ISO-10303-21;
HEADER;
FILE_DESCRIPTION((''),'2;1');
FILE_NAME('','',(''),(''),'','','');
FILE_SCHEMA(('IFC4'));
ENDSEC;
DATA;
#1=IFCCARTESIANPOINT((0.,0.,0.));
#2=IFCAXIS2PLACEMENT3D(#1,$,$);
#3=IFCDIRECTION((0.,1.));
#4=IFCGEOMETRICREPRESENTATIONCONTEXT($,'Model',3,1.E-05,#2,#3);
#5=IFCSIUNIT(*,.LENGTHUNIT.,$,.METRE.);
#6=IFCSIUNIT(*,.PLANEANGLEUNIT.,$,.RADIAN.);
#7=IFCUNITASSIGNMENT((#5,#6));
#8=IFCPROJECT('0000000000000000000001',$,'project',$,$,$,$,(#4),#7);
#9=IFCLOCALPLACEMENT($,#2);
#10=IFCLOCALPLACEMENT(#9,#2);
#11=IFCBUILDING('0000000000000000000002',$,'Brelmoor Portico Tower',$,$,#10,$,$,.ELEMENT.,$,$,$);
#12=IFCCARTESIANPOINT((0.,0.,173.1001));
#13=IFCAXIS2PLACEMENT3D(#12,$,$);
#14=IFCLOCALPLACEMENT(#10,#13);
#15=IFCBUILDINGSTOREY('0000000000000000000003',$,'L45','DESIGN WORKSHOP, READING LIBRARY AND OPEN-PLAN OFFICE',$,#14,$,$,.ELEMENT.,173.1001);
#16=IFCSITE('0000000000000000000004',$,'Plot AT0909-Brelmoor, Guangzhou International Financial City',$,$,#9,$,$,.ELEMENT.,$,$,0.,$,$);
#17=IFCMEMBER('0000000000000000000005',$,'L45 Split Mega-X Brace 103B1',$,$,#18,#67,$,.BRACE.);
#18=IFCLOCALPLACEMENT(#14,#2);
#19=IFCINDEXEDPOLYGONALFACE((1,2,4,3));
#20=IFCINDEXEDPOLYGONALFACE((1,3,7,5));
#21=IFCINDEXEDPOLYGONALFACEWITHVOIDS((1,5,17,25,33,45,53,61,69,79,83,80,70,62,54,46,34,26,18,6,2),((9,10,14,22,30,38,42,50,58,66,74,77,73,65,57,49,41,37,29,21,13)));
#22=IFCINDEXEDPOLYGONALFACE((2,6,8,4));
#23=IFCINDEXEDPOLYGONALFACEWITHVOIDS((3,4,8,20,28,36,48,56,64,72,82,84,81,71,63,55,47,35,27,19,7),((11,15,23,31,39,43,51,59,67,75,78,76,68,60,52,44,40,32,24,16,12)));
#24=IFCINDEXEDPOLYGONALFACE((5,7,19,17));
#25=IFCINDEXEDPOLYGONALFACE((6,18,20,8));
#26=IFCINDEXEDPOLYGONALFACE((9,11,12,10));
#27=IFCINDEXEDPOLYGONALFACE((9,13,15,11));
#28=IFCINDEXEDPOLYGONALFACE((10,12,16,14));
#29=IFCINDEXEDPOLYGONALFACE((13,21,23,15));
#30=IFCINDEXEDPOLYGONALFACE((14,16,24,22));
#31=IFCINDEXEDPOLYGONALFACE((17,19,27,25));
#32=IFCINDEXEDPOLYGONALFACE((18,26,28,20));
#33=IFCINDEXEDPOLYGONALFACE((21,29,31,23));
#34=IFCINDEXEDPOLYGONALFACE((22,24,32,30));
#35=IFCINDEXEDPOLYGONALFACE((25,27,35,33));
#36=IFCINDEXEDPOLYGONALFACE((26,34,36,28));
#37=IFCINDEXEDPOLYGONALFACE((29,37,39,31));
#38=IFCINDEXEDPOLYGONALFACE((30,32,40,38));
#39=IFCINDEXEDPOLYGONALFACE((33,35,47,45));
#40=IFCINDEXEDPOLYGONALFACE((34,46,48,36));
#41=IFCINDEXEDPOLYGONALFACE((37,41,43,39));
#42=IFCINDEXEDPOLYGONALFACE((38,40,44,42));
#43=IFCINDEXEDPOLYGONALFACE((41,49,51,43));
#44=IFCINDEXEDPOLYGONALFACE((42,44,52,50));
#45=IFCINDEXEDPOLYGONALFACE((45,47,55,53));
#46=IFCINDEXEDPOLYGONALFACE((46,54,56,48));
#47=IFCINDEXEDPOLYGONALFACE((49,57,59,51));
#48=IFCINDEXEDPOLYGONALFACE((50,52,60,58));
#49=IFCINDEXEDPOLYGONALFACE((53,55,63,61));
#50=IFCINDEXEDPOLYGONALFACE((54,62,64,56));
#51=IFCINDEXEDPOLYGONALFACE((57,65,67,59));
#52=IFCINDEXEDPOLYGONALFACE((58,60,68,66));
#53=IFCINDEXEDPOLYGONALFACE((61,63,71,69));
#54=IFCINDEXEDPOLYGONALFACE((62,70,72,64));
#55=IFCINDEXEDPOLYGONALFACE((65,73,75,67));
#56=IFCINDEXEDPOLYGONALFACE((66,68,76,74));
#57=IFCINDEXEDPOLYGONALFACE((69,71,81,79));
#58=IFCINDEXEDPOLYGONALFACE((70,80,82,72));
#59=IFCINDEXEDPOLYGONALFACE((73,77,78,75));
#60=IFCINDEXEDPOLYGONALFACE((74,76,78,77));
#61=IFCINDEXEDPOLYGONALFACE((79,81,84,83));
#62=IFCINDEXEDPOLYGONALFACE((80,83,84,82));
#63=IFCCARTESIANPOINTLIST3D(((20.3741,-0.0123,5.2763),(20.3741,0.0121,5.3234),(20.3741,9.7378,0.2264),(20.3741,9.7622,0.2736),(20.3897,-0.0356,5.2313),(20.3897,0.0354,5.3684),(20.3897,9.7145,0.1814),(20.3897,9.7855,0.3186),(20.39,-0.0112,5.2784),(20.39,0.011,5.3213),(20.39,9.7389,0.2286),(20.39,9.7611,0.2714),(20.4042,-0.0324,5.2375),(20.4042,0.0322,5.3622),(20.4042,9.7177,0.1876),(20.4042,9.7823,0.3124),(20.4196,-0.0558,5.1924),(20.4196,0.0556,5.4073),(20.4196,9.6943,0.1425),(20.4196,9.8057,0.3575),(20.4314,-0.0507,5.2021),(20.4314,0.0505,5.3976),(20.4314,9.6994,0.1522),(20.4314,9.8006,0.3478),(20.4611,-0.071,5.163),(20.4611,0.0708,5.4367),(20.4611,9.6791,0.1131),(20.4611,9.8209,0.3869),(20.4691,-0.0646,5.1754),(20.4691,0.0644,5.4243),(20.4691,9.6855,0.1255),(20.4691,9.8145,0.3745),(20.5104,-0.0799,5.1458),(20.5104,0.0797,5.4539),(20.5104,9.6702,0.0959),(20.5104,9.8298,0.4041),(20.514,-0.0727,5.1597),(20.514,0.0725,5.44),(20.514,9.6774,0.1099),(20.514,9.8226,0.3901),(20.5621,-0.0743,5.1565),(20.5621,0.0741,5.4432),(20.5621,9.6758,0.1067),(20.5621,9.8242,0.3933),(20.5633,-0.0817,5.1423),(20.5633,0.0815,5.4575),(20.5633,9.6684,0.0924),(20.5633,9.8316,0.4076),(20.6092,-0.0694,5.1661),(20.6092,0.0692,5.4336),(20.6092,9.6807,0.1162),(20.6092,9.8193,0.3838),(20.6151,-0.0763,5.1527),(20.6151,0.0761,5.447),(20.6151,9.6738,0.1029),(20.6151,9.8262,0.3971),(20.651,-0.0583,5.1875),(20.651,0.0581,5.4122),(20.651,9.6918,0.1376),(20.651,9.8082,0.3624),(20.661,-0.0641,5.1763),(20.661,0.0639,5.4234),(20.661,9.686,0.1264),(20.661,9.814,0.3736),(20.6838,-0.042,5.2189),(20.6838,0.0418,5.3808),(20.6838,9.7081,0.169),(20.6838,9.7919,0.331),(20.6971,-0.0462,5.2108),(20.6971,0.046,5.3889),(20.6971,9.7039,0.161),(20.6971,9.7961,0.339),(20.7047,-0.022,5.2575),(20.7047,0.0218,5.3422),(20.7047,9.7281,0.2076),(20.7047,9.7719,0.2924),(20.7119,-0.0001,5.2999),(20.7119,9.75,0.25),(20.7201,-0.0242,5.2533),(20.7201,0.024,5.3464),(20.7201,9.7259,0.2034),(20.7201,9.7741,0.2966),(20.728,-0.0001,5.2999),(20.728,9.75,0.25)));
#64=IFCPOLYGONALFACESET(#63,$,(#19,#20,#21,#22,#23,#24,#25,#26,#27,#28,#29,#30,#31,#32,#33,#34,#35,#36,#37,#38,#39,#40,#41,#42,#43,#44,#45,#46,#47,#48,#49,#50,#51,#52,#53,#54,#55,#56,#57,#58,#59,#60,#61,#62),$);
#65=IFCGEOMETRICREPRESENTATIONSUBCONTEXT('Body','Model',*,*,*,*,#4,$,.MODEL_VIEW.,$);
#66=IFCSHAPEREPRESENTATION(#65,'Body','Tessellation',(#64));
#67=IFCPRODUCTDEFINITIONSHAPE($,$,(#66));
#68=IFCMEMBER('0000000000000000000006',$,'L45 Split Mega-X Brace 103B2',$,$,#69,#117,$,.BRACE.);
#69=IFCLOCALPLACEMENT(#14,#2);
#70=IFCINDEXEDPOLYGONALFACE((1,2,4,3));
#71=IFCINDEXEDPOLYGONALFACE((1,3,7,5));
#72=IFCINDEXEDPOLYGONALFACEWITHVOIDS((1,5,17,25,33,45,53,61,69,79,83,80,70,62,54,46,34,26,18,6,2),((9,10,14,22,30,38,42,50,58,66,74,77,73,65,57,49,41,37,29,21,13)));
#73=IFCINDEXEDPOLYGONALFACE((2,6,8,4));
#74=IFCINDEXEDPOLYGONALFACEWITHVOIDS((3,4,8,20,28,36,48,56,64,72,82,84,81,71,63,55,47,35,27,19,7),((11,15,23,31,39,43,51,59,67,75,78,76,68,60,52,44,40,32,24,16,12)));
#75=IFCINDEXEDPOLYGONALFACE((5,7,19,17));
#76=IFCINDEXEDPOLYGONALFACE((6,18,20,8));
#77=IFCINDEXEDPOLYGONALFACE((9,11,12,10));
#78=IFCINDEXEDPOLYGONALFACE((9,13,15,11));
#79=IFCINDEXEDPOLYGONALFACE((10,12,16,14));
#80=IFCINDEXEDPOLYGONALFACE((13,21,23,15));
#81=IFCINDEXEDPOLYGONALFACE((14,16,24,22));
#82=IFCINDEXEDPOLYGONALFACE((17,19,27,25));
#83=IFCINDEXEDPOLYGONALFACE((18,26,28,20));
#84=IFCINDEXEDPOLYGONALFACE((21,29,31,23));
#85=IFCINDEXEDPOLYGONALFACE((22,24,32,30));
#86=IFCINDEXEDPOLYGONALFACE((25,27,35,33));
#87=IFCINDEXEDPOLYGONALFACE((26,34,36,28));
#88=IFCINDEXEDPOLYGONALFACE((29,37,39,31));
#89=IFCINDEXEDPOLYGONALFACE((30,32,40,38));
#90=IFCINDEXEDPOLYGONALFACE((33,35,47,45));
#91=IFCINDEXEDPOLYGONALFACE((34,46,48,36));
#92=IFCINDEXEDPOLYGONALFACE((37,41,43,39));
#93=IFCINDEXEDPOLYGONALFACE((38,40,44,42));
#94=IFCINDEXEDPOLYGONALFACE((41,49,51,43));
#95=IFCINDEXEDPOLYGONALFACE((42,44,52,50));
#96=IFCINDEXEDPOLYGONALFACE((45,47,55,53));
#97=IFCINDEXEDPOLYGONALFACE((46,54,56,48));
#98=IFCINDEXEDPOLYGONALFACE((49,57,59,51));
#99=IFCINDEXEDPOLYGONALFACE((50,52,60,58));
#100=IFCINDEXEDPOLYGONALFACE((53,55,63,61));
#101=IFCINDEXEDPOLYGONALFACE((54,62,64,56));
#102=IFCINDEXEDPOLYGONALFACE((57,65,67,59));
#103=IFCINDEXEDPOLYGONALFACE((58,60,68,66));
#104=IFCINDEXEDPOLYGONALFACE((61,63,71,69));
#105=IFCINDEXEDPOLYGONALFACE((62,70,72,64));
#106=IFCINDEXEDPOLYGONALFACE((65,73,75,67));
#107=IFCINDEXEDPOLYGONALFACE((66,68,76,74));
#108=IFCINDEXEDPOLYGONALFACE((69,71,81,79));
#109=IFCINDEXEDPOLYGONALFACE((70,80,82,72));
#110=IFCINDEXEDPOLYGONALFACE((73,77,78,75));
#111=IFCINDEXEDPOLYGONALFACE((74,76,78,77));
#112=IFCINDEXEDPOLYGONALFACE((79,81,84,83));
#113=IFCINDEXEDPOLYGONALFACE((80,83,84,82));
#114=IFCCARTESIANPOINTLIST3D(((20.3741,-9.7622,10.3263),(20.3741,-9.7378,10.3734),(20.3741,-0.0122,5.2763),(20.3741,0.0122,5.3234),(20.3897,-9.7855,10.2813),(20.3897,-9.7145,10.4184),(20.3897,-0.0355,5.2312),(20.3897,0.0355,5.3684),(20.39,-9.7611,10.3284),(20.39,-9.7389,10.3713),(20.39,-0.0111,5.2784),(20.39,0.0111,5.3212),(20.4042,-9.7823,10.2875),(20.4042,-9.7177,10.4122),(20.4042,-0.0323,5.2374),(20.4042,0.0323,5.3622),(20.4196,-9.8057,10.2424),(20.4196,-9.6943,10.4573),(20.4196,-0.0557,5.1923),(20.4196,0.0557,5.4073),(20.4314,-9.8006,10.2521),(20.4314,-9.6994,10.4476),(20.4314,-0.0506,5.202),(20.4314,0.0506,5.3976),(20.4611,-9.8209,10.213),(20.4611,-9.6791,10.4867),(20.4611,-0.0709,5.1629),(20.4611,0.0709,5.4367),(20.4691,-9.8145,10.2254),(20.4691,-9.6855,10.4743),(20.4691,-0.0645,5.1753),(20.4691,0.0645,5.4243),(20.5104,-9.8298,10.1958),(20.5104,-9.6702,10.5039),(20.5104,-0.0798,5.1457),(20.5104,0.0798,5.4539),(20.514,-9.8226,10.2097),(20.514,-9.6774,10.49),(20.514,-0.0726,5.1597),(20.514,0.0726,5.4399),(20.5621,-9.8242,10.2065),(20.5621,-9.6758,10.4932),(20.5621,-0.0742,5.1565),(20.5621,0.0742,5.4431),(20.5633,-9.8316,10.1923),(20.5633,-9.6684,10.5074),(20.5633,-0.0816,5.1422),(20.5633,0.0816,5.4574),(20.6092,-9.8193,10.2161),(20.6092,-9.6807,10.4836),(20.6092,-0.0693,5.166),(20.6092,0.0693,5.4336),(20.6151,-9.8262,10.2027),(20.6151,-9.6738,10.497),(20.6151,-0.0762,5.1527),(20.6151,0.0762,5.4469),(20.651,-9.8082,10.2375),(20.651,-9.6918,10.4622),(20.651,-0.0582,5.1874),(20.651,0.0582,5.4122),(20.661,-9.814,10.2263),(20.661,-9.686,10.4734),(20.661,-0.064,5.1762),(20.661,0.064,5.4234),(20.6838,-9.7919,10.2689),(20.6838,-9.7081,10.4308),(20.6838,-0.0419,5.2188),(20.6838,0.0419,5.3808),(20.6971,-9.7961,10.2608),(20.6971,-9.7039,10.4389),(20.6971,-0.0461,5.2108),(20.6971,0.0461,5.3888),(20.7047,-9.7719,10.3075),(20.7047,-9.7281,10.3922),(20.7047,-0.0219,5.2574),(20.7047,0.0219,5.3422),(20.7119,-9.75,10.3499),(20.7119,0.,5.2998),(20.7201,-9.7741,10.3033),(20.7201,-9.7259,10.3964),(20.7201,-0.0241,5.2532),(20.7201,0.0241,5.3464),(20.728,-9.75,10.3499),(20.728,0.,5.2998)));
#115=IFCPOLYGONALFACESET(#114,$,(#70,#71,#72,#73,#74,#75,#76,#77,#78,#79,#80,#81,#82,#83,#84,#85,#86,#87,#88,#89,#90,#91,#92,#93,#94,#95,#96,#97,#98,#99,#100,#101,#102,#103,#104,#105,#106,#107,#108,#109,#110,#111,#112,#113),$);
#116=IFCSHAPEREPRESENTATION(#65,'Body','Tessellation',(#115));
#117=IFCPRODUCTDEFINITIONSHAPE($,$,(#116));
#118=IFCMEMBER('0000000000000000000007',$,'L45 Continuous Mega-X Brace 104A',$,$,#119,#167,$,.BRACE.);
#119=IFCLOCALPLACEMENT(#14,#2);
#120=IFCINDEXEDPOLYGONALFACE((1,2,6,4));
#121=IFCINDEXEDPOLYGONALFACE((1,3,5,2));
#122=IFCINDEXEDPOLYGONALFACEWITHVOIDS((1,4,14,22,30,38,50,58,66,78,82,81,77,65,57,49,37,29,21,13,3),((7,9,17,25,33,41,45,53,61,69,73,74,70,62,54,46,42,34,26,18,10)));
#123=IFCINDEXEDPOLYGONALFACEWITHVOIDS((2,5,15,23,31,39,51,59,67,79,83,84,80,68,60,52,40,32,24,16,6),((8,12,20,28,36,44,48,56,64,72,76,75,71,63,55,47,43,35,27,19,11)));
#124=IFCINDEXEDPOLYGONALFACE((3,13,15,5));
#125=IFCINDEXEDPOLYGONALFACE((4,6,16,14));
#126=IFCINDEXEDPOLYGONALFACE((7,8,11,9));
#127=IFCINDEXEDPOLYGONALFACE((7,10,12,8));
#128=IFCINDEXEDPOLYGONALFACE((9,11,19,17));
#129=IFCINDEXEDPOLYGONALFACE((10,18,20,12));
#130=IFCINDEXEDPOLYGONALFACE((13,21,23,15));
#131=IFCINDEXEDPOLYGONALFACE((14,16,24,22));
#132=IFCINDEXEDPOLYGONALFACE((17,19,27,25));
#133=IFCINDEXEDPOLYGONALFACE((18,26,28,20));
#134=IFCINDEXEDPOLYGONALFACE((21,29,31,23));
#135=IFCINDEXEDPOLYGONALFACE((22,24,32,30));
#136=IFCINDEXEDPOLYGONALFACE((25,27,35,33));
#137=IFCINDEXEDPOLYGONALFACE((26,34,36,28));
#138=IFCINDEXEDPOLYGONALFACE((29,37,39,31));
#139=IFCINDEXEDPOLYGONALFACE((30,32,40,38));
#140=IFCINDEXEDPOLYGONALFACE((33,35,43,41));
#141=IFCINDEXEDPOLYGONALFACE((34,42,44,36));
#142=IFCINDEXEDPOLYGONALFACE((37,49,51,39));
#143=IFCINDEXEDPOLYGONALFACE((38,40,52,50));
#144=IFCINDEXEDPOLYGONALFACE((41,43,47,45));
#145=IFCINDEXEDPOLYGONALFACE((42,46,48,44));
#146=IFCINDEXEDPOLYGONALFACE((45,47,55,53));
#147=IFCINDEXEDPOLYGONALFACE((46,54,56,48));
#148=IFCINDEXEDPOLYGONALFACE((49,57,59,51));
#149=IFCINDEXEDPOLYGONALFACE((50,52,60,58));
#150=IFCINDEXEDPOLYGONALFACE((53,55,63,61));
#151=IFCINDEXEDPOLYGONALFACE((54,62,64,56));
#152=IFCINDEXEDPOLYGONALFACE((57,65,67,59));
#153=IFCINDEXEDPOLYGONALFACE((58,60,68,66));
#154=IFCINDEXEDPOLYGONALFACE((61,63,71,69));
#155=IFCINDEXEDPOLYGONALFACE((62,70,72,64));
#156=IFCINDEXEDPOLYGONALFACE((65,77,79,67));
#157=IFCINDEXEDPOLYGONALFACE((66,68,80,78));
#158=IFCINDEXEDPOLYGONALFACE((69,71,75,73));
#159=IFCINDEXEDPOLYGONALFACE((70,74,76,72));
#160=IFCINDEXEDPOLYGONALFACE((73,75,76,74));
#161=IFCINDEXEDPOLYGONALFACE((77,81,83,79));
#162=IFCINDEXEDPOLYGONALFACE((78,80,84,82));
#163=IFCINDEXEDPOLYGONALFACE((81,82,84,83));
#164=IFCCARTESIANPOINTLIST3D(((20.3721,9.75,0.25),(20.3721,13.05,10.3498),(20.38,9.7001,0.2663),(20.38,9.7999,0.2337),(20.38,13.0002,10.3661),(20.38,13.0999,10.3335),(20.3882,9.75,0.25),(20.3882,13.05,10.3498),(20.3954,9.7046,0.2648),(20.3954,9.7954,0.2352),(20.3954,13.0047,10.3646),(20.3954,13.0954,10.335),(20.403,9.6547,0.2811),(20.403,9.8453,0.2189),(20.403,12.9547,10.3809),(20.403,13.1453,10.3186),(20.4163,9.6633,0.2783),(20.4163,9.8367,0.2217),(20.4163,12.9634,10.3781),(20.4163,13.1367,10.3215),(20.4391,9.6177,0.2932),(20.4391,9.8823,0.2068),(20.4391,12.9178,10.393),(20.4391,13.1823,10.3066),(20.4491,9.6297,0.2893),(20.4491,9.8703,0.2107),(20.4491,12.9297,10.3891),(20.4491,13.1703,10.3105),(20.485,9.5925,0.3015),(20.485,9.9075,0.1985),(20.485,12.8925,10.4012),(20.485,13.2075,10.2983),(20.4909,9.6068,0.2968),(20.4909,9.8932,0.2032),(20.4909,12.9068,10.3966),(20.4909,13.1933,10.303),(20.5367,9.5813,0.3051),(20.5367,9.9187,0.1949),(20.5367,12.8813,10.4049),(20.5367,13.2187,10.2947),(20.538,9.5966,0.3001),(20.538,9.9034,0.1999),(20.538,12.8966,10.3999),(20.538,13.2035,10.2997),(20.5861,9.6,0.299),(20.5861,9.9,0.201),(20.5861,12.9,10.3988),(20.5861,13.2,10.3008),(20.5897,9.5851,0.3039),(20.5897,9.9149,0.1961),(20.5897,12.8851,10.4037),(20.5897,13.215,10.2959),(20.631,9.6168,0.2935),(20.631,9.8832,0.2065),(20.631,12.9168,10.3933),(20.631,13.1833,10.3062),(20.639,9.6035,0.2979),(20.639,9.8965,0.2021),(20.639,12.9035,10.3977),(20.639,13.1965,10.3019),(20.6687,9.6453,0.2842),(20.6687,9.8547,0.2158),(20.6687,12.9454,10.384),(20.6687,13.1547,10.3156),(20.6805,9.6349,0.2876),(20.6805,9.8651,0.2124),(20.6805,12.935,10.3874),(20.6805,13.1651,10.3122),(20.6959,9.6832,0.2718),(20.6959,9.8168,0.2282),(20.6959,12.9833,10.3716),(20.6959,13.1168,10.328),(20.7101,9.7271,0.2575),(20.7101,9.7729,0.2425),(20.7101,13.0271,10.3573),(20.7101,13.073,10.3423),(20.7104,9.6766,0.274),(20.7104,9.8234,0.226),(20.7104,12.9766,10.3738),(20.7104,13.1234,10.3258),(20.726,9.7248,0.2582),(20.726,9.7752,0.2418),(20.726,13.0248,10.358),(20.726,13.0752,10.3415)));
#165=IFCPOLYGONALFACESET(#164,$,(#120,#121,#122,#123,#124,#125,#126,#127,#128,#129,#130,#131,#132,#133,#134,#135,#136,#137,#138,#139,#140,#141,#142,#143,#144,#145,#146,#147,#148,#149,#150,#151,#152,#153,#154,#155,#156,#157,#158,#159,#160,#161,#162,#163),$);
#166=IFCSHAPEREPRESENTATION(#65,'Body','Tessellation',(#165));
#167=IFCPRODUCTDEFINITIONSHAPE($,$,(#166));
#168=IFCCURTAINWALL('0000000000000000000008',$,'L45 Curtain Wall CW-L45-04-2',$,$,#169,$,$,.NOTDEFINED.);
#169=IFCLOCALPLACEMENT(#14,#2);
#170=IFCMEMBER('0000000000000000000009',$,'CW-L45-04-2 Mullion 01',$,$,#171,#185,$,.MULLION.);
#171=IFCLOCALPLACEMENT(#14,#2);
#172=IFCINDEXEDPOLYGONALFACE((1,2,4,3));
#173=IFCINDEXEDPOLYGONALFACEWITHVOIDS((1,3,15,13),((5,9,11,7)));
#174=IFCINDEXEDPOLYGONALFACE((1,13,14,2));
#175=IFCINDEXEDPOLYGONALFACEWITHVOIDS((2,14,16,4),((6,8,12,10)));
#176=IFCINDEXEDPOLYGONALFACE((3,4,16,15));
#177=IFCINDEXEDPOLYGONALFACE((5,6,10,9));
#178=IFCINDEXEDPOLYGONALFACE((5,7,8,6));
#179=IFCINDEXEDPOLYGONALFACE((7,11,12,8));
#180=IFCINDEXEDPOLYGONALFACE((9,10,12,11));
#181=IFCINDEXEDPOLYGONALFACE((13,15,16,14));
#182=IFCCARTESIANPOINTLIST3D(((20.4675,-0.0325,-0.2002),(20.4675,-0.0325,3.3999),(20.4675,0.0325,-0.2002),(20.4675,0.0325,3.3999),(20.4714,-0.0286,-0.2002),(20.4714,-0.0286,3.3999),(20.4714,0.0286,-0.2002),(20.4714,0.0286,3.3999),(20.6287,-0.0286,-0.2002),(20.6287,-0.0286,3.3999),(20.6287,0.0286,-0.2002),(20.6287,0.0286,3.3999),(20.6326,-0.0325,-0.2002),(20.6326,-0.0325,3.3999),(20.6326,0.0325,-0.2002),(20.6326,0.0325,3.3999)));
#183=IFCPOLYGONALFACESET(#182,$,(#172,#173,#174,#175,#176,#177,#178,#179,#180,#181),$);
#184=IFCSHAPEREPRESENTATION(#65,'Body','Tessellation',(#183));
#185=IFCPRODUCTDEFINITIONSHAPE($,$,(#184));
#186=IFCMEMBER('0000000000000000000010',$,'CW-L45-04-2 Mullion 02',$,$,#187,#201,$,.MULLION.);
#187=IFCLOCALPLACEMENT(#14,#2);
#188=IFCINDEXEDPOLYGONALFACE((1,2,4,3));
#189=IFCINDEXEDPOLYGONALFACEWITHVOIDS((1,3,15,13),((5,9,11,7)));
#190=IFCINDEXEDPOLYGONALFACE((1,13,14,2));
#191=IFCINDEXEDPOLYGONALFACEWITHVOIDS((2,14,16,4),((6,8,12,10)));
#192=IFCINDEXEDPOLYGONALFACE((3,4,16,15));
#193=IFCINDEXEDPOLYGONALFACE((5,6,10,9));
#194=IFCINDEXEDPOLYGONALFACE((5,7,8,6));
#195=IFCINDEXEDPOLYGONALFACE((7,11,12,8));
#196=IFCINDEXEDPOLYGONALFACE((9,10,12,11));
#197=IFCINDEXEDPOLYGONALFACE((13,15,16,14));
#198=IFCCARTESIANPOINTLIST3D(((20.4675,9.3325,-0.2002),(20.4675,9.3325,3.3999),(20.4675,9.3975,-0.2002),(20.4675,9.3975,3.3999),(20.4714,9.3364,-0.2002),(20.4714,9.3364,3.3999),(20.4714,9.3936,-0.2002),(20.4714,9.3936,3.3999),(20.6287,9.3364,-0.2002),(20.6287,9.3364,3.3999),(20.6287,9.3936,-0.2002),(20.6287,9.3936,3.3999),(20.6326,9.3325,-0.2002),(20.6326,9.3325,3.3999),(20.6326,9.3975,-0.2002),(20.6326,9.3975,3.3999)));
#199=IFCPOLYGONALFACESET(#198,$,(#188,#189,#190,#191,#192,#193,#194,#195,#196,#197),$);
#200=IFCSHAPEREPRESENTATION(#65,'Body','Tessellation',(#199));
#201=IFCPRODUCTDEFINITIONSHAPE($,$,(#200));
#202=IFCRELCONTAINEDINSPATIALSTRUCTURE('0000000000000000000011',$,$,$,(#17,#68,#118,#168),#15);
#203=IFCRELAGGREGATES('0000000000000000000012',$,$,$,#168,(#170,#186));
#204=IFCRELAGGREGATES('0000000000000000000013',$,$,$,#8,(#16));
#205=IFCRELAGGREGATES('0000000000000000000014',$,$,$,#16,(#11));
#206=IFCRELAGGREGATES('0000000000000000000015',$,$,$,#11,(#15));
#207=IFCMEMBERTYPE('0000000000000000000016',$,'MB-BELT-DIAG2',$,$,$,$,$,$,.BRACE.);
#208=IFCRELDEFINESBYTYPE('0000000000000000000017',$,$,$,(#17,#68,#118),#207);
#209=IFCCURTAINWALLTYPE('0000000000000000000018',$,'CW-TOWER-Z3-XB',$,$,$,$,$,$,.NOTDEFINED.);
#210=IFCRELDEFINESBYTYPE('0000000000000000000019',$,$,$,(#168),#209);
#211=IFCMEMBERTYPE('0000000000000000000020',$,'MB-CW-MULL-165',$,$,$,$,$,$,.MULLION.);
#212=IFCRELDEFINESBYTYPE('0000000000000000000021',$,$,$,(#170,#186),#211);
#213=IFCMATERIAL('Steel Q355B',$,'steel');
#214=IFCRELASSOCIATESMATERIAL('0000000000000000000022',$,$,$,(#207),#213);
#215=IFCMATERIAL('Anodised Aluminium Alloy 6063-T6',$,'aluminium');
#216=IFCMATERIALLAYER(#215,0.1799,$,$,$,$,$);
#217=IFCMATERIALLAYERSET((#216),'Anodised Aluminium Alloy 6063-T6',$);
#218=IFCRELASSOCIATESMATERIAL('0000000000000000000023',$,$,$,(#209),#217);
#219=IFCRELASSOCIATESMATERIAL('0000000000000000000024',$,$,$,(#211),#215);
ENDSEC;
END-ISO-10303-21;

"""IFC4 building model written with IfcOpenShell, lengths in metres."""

from ifc_helpers import new_model, si_unit, direction, frame, origin, origin_2d, place, context, subcontext, project, spatial, hollow_rectangle, hollow_circle, extrude, material, layer, layer_set, material_profile, profile_set, type_object, element, aggregate, save


model = new_model("IFC4")

# Units and contexts
model_context = context("Model", 3, precision=1e-05, world=origin(), true_north=direction((0.0, 1.0)))
body_context = subcontext(model_context, "Body", "Model", "MODEL_VIEW")
ifc_project = project(units=[si_unit("LENGTHUNIT", "METRE"), si_unit("PLANEANGLEUNIT", "RADIAN")], contexts=[model_context])

# Site, building, storey
site_placement = place(None, origin())
site = spatial("IfcSite", under=ifc_project, at=site_placement, Name="Plot AT0909-Brelmoor, Guangzhou International Financial City", CompositionType="ELEMENT", RefElevation=0.0)
building_placement = place(site_placement, origin())
building = spatial("IfcBuilding", under=site, at=building_placement, Name="Brelmoor Portico Tower", CompositionType="ELEMENT")
storey_placement = place(building_placement, frame((0.0, 0.0, 173.1001)))
storey = spatial("IfcBuildingStorey", under=building, at=storey_placement, Name="L45", Description="DESIGN WORKSHOP, READING LIBRARY AND OPEN-PLAN OFFICE", CompositionType="ELEMENT", Elevation=173.1001)

# Shared definitions
ifc_material_1 = material(Name="Steel Q355B", Category="steel")

# Members
ifc_material_profile_1 = material_profile(ifc_material_1, hollow_circle(Radius=0.178, WallThickness=0.0161, at=origin_2d()), Name="CHS 356x16")
ifc_profile_set_1 = profile_set([ifc_material_profile_1], Name="Steel Q355B")
member_type_1 = type_object("IfcMemberType", Name="MB-BELT-DIAG2", PredefinedType="BRACE", material=ifc_profile_set_1)
for number, where, z_axis, x_axis, name in (
    (1, (20.55, 9.75, 0.25), (0.0, -0.887968, 0.459904), (1.0, 0.0, 0.0), "L45 Split Mega-X Brace 103B1"),
    (2, (20.55, 0.0, 5.2998), (0.0, -0.887959, 0.459922), (1.0, 0.0, 0.0), "L45 Split Mega-X Brace 103B2"),
):
    element("IfcMember", number, at=place(storey_placement, frame(where, z_axis=z_axis, x_axis=x_axis)), inside=storey, type_object=member_type_1, Name=name, PredefinedType="BRACE", context=body_context, shape_type="SweptSolid", body=[
        extrude(hollow_circle(Radius=0.178, WallThickness=0.0161, at=origin_2d()), origin(), (0.0, 0.0, 1.0), 10.9802),
    ])
member_1_placement = place(storey_placement, frame((20.55, 9.75, 0.25), z_axis=(0.0, 0.310584, 0.950546), x_axis=(-1.0, 0.0, 0.0)))
element("IfcMember", 3, at=member_1_placement, inside=storey, type_object=member_type_1, Name="L45 Continuous Mega-X Brace 104A", PredefinedType="BRACE", context=body_context, shape_type="SweptSolid", body=[
    extrude(hollow_circle(Radius=0.178, WallThickness=0.0161, at=origin_2d()), origin(), (0.0, 0.0, 1.0), 10.6252),
])

# Curtain wall, members
ifc_material_2 = material(Name="Anodised Aluminium Alloy 6063-T6", Category="aluminium")
ifc_layer_1 = layer(ifc_material_2, 0.1799)
ifc_layer_set_1 = layer_set([ifc_layer_1], Name="Anodised Aluminium Alloy 6063-T6")
curtain_wall_type = type_object("IfcCurtainWallType", Name="CW-TOWER-Z3-XB", PredefinedType="NOTDEFINED", material=ifc_layer_set_1)
curtain_wall_1_placement = place(storey_placement, origin())
curtain_wall_1 = element("IfcCurtainWall", 4, at=curtain_wall_1_placement, inside=storey, type_object=curtain_wall_type, Name="L45 Curtain Wall CW-L45-04-2", PredefinedType="NOTDEFINED")
ifc_material_profile_2 = material_profile(ifc_material_2, hollow_rectangle(XDim=0.0649, YDim=0.165, WallThickness=0.0039, at=origin_2d()), Name="ALU MULLION 65x165")
ifc_profile_set_2 = profile_set([ifc_material_profile_2], Name="Anodised Aluminium Alloy 6063-T6")
member_type_2 = type_object("IfcMemberType", Name="MB-CW-MULL-165", PredefinedType="MULLION", material=ifc_profile_set_2)
member_2_placement = place(storey_placement, frame((20.55, 0.0, -0.2002), z_axis=(0.0, 0.0, 1.0), x_axis=(0.0, 1.0, 0.0)))
member_2 = element("IfcMember", 5, at=member_2_placement, type_object=member_type_2, Name="CW-L45-04-2 Mullion 01", PredefinedType="MULLION", context=body_context, shape_type="SweptSolid", body=[
    extrude(hollow_rectangle(XDim=0.0649, YDim=0.165, WallThickness=0.0039, at=origin_2d()), origin(), (0.0, 0.0, 1.0), 3.6001),
])
member_3_placement = place(storey_placement, frame((20.55, 9.365, -0.2002), z_axis=(0.0, 0.0, 1.0), x_axis=(0.0, 1.0, 0.0)))
member_3 = element("IfcMember", 6, at=member_3_placement, type_object=member_type_2, Name="CW-L45-04-2 Mullion 02", PredefinedType="MULLION", context=body_context, shape_type="SweptSolid", body=[
    extrude(hollow_rectangle(XDim=0.0649, YDim=0.165, WallThickness=0.0039, at=origin_2d()), origin(), (0.0, 0.0, 1.0), 3.6001),
])

aggregate(curtain_wall_1, [member_2, member_3])

save(model, "model.ifc")
